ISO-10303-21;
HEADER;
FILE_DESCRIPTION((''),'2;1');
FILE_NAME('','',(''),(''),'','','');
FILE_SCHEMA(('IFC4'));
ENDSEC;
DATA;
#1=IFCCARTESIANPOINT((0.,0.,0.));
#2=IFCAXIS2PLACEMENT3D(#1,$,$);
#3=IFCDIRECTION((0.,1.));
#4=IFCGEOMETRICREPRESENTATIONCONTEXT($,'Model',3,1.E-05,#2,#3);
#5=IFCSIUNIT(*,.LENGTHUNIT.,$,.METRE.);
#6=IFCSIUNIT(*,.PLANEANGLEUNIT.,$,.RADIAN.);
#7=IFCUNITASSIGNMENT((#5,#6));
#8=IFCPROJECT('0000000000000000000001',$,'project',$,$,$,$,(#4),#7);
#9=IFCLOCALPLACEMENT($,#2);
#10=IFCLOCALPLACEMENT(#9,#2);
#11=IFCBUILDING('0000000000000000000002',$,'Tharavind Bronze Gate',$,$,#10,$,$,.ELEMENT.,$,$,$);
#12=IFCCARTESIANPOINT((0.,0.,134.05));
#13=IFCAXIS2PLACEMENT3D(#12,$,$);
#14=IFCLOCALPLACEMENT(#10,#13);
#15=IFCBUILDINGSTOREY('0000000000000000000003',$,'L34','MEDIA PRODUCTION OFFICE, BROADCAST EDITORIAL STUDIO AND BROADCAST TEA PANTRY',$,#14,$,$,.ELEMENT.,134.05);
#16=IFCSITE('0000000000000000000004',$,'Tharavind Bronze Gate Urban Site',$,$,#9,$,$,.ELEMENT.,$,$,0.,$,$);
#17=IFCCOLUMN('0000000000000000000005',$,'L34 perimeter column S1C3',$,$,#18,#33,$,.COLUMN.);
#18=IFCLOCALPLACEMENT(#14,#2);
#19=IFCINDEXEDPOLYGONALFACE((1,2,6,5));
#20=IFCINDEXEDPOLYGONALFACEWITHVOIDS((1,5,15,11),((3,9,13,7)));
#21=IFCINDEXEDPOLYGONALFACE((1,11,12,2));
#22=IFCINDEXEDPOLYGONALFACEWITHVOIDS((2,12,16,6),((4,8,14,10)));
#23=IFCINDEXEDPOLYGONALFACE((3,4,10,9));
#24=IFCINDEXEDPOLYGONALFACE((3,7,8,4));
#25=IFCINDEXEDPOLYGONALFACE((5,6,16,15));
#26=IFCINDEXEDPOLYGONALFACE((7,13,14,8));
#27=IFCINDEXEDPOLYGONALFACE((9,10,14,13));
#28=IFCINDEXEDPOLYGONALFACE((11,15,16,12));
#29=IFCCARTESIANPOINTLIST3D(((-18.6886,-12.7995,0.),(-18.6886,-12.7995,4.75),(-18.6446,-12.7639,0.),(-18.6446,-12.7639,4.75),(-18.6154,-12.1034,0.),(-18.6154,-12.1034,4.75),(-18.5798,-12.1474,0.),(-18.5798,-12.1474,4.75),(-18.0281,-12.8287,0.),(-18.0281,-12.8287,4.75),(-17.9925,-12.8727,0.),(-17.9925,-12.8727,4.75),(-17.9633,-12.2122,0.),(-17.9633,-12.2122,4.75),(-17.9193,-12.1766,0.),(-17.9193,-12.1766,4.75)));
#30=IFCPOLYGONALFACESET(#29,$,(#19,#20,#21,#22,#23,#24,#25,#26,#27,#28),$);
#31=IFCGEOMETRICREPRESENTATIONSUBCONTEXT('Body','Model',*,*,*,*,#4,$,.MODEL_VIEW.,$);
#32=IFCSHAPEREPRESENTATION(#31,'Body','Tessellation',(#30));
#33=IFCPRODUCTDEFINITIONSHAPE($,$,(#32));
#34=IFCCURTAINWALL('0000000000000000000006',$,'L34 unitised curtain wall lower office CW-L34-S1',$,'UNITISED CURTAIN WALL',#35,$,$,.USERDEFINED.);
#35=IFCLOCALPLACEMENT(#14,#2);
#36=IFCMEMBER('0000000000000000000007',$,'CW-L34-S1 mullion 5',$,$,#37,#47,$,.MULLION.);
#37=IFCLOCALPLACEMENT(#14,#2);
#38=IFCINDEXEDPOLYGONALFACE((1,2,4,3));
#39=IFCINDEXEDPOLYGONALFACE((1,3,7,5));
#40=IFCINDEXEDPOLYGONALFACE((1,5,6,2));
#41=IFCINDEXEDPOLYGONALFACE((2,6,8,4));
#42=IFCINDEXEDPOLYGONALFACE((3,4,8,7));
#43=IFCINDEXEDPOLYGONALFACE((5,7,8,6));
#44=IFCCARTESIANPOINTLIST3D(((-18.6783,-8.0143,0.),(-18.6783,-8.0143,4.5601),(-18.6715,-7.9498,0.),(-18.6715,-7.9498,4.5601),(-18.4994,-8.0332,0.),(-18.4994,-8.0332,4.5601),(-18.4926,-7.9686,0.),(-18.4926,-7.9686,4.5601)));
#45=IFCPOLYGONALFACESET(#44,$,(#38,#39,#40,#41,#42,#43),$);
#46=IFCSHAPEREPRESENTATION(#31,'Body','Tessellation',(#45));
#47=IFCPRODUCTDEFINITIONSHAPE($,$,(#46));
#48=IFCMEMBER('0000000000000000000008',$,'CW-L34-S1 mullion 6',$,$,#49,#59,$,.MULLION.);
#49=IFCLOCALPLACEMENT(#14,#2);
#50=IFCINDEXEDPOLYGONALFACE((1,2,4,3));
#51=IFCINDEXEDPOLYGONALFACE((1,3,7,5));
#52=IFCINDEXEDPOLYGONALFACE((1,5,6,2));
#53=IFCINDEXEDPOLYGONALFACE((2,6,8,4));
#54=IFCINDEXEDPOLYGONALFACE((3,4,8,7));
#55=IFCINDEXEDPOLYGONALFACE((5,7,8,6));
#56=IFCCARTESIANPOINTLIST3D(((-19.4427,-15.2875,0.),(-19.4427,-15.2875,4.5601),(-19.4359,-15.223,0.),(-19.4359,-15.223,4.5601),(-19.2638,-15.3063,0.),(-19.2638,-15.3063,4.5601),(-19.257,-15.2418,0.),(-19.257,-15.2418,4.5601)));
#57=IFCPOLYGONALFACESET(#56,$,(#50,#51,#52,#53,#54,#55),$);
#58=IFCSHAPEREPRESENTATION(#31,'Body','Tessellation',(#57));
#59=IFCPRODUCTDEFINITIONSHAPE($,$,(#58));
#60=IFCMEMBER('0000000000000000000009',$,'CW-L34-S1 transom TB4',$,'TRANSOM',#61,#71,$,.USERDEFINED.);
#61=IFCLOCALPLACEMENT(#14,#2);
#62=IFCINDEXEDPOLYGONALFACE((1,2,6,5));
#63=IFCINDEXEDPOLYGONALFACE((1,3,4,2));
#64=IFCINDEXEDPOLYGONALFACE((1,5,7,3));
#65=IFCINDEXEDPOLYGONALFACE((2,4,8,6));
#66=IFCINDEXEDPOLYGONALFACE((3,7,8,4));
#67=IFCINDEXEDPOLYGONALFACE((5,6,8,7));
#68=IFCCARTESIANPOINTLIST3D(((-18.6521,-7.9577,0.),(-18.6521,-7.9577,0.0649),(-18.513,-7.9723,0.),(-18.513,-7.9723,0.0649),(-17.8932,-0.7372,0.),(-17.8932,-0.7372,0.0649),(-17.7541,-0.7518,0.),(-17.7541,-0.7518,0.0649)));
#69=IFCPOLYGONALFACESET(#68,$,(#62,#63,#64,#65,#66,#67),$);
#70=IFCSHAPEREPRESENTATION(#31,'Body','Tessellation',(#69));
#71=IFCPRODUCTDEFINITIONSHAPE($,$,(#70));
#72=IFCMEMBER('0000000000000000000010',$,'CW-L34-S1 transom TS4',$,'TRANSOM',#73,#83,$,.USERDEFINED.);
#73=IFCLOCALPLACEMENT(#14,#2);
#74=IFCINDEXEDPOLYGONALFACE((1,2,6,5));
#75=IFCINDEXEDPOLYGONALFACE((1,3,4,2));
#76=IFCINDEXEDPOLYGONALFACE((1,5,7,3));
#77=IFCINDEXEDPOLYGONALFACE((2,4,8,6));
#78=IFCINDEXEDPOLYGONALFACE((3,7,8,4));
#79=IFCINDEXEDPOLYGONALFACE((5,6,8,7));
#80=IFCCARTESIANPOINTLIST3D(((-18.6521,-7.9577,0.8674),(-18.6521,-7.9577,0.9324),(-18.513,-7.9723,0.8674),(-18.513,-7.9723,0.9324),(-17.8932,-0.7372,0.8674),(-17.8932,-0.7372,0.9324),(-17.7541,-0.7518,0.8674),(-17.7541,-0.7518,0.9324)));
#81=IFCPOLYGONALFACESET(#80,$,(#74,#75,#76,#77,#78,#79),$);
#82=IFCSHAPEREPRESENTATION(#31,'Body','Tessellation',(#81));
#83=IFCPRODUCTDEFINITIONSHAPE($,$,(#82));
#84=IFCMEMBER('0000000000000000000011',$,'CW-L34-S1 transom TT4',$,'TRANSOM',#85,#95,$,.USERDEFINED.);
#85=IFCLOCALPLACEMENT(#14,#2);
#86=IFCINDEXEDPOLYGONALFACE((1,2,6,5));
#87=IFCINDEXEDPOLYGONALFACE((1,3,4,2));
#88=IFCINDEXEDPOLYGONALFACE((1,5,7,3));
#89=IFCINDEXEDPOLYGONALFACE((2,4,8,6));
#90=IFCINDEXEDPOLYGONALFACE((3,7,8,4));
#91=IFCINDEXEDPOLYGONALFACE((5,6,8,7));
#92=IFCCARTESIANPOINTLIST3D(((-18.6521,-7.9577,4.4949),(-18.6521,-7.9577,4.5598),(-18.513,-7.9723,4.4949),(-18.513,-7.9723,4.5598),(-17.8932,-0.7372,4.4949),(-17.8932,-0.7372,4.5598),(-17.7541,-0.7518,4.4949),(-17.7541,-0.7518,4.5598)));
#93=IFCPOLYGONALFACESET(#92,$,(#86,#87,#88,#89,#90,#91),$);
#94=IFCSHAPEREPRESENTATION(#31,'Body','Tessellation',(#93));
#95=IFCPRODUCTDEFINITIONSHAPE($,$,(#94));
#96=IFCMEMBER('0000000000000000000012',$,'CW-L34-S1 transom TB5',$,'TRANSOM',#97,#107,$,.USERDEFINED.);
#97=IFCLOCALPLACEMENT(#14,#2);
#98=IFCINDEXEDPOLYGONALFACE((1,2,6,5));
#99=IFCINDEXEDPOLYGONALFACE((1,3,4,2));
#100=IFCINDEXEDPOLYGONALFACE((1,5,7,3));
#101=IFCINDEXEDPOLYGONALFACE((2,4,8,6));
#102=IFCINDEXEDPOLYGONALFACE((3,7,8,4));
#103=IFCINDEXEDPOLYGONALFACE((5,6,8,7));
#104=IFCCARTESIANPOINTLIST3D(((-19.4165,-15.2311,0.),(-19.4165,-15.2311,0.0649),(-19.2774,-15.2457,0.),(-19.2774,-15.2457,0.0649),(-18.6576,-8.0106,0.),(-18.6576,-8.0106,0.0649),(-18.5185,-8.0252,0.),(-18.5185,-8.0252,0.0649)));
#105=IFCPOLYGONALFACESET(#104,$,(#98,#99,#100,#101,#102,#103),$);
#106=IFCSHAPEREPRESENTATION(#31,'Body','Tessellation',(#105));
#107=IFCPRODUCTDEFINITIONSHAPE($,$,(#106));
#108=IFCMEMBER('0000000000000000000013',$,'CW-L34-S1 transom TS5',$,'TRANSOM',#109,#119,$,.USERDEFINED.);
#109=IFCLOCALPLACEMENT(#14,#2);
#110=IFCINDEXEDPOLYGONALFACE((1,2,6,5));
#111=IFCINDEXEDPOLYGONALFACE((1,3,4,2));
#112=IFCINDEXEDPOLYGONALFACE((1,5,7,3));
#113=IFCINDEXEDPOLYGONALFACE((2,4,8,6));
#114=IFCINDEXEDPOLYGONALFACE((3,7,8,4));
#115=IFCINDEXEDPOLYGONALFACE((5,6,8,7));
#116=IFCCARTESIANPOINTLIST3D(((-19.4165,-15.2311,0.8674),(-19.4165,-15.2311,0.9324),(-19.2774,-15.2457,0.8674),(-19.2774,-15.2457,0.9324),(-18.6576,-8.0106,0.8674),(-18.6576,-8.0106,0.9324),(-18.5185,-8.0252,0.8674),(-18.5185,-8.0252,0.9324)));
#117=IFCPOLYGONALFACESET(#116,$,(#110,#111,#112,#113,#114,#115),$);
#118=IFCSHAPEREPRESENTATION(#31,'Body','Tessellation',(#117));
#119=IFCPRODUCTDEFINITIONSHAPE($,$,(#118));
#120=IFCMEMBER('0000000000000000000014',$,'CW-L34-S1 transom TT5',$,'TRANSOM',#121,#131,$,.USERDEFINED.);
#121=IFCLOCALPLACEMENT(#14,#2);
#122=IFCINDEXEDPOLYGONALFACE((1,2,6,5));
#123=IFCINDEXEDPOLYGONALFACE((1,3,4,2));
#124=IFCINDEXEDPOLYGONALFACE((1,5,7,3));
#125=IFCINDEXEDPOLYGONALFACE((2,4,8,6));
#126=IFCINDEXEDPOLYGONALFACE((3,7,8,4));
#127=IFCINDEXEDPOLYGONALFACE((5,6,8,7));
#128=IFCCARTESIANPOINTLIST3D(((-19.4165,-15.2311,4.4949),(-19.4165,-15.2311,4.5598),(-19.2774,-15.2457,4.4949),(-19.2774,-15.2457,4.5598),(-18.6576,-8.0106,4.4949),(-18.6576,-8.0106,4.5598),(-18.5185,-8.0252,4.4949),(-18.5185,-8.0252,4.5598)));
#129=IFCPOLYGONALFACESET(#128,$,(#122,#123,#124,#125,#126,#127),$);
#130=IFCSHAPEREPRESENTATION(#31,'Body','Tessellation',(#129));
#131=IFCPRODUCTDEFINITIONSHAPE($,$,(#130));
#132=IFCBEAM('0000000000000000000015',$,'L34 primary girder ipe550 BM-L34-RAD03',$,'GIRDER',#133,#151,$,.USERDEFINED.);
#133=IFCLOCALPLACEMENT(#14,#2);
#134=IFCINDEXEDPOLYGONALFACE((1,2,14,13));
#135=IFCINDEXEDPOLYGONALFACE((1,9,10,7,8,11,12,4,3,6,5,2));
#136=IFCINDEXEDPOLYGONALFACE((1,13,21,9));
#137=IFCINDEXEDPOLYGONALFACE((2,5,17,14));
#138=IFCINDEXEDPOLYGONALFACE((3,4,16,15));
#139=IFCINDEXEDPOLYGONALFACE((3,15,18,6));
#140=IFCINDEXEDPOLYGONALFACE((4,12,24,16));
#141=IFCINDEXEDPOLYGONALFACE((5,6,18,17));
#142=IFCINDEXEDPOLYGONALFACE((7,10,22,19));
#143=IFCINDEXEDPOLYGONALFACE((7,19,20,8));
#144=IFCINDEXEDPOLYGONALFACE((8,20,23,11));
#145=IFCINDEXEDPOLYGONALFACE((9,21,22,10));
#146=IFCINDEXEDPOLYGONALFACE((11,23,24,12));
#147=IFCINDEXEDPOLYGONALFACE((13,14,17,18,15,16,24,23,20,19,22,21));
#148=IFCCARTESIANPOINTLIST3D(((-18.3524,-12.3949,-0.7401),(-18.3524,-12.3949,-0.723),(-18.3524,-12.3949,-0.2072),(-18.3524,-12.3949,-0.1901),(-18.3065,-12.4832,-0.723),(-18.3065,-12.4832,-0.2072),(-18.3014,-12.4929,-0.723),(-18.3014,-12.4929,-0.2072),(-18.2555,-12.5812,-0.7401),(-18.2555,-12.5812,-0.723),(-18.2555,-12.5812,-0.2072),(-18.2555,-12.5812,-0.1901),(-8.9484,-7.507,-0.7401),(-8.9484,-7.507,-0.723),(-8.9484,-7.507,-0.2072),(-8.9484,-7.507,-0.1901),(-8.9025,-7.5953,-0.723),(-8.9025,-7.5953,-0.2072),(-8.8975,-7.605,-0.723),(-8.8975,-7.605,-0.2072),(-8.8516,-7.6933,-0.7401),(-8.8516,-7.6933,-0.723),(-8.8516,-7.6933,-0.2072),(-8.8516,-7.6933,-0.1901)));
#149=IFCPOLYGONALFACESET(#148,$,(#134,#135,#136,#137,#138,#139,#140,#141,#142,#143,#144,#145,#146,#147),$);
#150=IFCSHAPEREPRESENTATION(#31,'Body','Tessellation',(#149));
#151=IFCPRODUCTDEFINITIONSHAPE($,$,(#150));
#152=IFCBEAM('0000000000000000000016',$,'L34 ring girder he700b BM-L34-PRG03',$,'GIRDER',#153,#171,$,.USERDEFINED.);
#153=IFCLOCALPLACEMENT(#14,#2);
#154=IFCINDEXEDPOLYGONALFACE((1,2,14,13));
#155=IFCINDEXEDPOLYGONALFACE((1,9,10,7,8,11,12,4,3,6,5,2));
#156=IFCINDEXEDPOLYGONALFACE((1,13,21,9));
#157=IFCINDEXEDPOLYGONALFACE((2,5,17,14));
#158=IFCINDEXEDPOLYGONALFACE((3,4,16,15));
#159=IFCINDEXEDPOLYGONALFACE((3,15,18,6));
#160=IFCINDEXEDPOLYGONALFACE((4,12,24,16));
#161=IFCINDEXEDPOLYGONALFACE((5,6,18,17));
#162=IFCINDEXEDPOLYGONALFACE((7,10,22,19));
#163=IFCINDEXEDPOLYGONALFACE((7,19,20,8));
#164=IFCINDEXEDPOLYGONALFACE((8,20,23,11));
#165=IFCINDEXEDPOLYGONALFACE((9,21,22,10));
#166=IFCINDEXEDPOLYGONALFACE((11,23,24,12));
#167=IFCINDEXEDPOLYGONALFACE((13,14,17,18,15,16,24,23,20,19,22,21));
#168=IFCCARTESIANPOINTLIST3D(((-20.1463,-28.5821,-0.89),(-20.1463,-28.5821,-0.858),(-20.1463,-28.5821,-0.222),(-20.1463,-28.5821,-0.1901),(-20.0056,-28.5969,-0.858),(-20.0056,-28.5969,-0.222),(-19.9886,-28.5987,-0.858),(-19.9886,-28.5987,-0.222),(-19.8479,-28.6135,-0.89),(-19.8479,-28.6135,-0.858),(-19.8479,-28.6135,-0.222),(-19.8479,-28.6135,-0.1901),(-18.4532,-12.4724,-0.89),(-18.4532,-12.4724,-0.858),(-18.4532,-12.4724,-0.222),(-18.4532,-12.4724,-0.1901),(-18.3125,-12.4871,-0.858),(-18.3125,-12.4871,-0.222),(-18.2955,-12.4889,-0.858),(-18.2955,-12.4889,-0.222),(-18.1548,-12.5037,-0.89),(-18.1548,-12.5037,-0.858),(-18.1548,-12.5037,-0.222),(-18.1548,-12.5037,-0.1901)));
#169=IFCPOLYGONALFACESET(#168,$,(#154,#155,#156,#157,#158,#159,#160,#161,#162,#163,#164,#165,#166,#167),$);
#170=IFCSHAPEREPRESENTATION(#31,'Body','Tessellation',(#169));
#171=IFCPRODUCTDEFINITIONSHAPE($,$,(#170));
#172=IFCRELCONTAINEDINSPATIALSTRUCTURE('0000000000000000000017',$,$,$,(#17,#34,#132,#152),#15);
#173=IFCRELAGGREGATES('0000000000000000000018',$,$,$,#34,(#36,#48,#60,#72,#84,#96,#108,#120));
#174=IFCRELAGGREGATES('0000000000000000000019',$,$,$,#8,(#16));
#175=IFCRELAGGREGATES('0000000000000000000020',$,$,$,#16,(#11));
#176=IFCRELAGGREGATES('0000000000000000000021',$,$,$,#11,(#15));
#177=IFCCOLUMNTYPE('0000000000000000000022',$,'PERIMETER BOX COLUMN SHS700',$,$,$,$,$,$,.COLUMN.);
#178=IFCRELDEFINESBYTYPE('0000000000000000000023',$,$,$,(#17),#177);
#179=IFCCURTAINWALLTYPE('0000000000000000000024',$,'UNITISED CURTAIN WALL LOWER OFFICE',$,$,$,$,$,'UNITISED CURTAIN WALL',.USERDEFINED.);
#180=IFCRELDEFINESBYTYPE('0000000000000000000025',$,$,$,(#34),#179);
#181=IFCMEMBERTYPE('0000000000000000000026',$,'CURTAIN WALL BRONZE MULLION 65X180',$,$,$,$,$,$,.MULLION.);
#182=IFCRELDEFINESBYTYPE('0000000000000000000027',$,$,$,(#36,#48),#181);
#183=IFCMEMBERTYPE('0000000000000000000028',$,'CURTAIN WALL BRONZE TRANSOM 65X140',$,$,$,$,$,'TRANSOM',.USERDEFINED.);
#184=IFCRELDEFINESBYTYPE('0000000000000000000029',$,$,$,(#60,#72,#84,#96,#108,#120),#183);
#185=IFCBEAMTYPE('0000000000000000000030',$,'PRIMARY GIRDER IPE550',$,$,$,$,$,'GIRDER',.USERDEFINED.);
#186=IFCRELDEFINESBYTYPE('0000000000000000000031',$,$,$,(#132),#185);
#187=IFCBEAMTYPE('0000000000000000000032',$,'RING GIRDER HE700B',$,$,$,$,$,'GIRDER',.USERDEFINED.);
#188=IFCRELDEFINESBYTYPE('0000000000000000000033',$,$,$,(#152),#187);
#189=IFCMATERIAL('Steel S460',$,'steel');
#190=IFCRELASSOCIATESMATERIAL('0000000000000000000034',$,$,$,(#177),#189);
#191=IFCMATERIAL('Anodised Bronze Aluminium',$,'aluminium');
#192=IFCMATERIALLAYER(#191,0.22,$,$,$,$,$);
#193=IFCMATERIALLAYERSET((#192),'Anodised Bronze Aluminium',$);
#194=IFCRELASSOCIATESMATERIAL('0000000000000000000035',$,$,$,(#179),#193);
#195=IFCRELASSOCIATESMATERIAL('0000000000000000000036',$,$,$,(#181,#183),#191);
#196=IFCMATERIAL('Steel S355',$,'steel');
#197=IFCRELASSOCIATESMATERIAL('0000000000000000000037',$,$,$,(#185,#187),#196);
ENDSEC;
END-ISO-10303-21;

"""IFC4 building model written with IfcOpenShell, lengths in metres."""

from ifc_helpers import new_model, si_unit, direction, frame, origin, origin_2d, place, context, subcontext, project, spatial, rectangle, hollow_rectangle, i_section, extrude, material, layer, layer_set, material_profile, profile_set, type_object, element, aggregate, save


model = new_model("IFC4")

# Units and contexts
model_context = context("Model", 3, precision=1e-05, world=origin(), true_north=direction((0.0, 1.0)))
body_context = subcontext(model_context, "Body", "Model", "MODEL_VIEW")
ifc_project = project(units=[si_unit("LENGTHUNIT", "METRE"), si_unit("PLANEANGLEUNIT", "RADIAN")], contexts=[model_context])

# Site, building, storey
site_placement = place(None, origin())
site = spatial("IfcSite", under=ifc_project, at=site_placement, Name="Tharavind Bronze Gate Urban Site", CompositionType="ELEMENT", RefElevation=0.0)
building_placement = place(site_placement, origin())
building = spatial("IfcBuilding", under=site, at=building_placement, Name="Tharavind Bronze Gate", CompositionType="ELEMENT")
storey_placement = place(building_placement, frame((0.0, 0.0, 134.05)))
storey = spatial("IfcBuildingStorey", under=building, at=storey_placement, Name="L34", Description="MEDIA PRODUCTION OFFICE, BROADCAST EDITORIAL STUDIO AND BROADCAST TEA PANTRY", CompositionType="ELEMENT", Elevation=134.05)

# Column
ifc_material_1 = material(Name="Steel S460", Category="steel")
ifc_material_profile_1 = material_profile(ifc_material_1, hollow_rectangle(XDim=0.7, YDim=0.7, WallThickness=0.04, at=origin_2d()), Name="SHS700X40")
ifc_profile_set_1 = profile_set([ifc_material_profile_1], Name="Steel S460")
column_type = type_object("IfcColumnType", Name="PERIMETER BOX COLUMN SHS700", PredefinedType="COLUMN", material=ifc_profile_set_1)
column_placement = place(storey_placement, frame((-18.304, -12.488, 0.0), z_axis=(0.0, 0.0, 1.0), x_axis=(0.10453, 0.994522, 0.0)))
element("IfcColumn", 1, at=column_placement, inside=storey, type_object=column_type, Name="L34 perimeter column S1C3", PredefinedType="COLUMN", context=body_context, shape_type="SweptSolid", body=[
    extrude(hollow_rectangle(XDim=0.7, YDim=0.7, WallThickness=0.04, at=origin_2d()), origin(), (0.0, 0.0, 1.0), 4.75),
])

# Curtain wall, members
ifc_material_2 = material(Name="Anodised Bronze Aluminium", Category="aluminium")
ifc_layer_1 = layer(ifc_material_2, 0.22)
ifc_layer_set_1 = layer_set([ifc_layer_1], Name="Anodised Bronze Aluminium")
curtain_wall_type = type_object("IfcCurtainWallType", Name="UNITISED CURTAIN WALL LOWER OFFICE", ElementType="UNITISED CURTAIN WALL", PredefinedType="USERDEFINED", material=ifc_layer_set_1)
curtain_wall_placement = place(storey_placement, origin())
curtain_wall = element("IfcCurtainWall", 2, at=curtain_wall_placement, inside=storey, type_object=curtain_wall_type, Name="L34 unitised curtain wall lower office CW-L34-S1", ObjectType="UNITISED CURTAIN WALL", PredefinedType="USERDEFINED")
member_type_1 = type_object("IfcMemberType", Name="CURTAIN WALL BRONZE MULLION 65X180", PredefinedType="MULLION", material=ifc_material_2)
member_1_placement = place(storey_placement, frame((-18.5854, -7.9915, 0.0), z_axis=(0.0, 0.0, 1.0), x_axis=(-0.104527, -0.994522, 0.0)))
member_1 = element("IfcMember", 3, at=member_1_placement, type_object=member_type_1, Name="CW-L34-S1 mullion 5", PredefinedType="MULLION", context=body_context, shape_type="SweptSolid", body=[
    extrude(rectangle(XDim=0.0649, YDim=0.1799, at=origin_2d()), origin(), (0.0, 0.0, 1.0), 4.5601),
])
member_2_placement = place(storey_placement, frame((-19.3499, -15.2646, 0.0), z_axis=(0.0, 0.0, 1.0), x_axis=(-0.104527, -0.994522, 0.0)))
member_2 = element("IfcMember", 4, at=member_2_placement, type_object=member_type_1, Name="CW-L34-S1 mullion 6", PredefinedType="MULLION", context=body_context, shape_type="SweptSolid", body=[
    extrude(rectangle(XDim=0.0649, YDim=0.1799, at=origin_2d()), origin(), (0.0, 0.0, 1.0), 4.5601),
])
member_type_2 = type_object("IfcMemberType", Name="CURTAIN WALL BRONZE TRANSOM 65X140", ElementType="TRANSOM", PredefinedType="USERDEFINED", material=ifc_material_2)
member_3_placement = place(storey_placement, frame((-18.2031, -4.3547, 0.0), z_axis=(0.0, 0.0, 1.0), x_axis=(-0.104527, -0.994522, 0.0)))
member_3 = element("IfcMember", 5, at=member_3_placement, type_object=member_type_2, Name="CW-L34-S1 transom TB4", ObjectType="TRANSOM", PredefinedType="USERDEFINED", context=body_context, shape_type="SweptSolid", body=[
    extrude(rectangle(XDim=7.2603, YDim=0.1399, at=origin_2d()), origin(), (0.0, 0.0, 1.0), 0.0649),
])
member_4_placement = place(storey_placement, frame((-18.2031, -4.3547, 0.8674), z_axis=(0.0, 0.0, 1.0), x_axis=(-0.104527, -0.994522, 0.0)))
member_4 = element("IfcMember", 6, at=member_4_placement, type_object=member_type_2, Name="CW-L34-S1 transom TS4", ObjectType="TRANSOM", PredefinedType="USERDEFINED", context=body_context, shape_type="SweptSolid", body=[
    extrude(rectangle(XDim=7.2603, YDim=0.1399, at=origin_2d()), origin(), (0.0, 0.0, 1.0), 0.0649),
])
member_5_placement = place(storey_placement, frame((-18.2031, -4.3547, 4.4949), z_axis=(0.0, 0.0, 1.0), x_axis=(-0.104527, -0.994522, 0.0)))
member_5 = element("IfcMember", 7, at=member_5_placement, type_object=member_type_2, Name="CW-L34-S1 transom TT4", ObjectType="TRANSOM", PredefinedType="USERDEFINED", context=body_context, shape_type="SweptSolid", body=[
    extrude(rectangle(XDim=7.2603, YDim=0.1399, at=origin_2d()), origin(), (0.0, 0.0, 1.0), 0.0649),
])
member_6_placement = place(storey_placement, frame((-18.9675, -11.6282, 0.0), z_axis=(0.0, 0.0, 1.0), x_axis=(-0.104527, -0.994522, 0.0)))
member_6 = element("IfcMember", 8, at=member_6_placement, type_object=member_type_2, Name="CW-L34-S1 transom TB5", ObjectType="TRANSOM", PredefinedType="USERDEFINED", context=body_context, shape_type="SweptSolid", body=[
    extrude(rectangle(XDim=7.2603, YDim=0.1399, at=origin_2d()), origin(), (0.0, 0.0, 1.0), 0.0649),
])
member_7_placement = place(storey_placement, frame((-18.9675, -11.6282, 0.8674), z_axis=(0.0, 0.0, 1.0), x_axis=(-0.104527, -0.994522, 0.0)))
member_7 = element("IfcMember", 9, at=member_7_placement, type_object=member_type_2, Name="CW-L34-S1 transom TS5", ObjectType="TRANSOM", PredefinedType="USERDEFINED", context=body_context, shape_type="SweptSolid", body=[
    extrude(rectangle(XDim=7.2603, YDim=0.1399, at=origin_2d()), origin(), (0.0, 0.0, 1.0), 0.0649),
])
member_8_placement = place(storey_placement, frame((-18.9675, -11.6282, 4.4949), z_axis=(0.0, 0.0, 1.0), x_axis=(-0.104527, -0.994522, 0.0)))
member_8 = element("IfcMember", 10, at=member_8_placement, type_object=member_type_2, Name="CW-L34-S1 transom TT5", ObjectType="TRANSOM", PredefinedType="USERDEFINED", context=body_context, shape_type="SweptSolid", body=[
    extrude(rectangle(XDim=7.2603, YDim=0.1399, at=origin_2d()), origin(), (0.0, 0.0, 1.0), 0.0649),
])

# Beams
ifc_material_3 = material(Name="Steel S355", Category="steel")
ifc_material_profile_2 = material_profile(ifc_material_3, i_section(OverallWidth=0.21, OverallDepth=0.55, WebThickness=0.011, FlangeThickness=0.0171, at=origin_2d()), Name="IPE550")
ifc_profile_set_2 = profile_set([ifc_material_profile_2], Name="Steel S355")
beam_type_1 = type_object("IfcBeamType", Name="PRIMARY GIRDER IPE550", ElementType="GIRDER", PredefinedType="USERDEFINED", material=ifc_profile_set_2)
beam_1_placement = place(storey_placement, frame((-18.304, -12.488, -0.4651), z_axis=(0.887301, 0.461192, 0.0), x_axis=(-0.461192, 0.887301, 0.0)))
element("IfcBeam", 11, at=beam_1_placement, inside=storey, type_object=beam_type_1, Name="L34 primary girder ipe550 BM-L34-RAD03", ObjectType="GIRDER", PredefinedType="USERDEFINED", context=body_context, shape_type="SweptSolid", body=[
    extrude(i_section(OverallWidth=0.21, OverallDepth=0.55, WebThickness=0.011, FlangeThickness=0.0171, at=origin_2d()), origin(), (0.0, 0.0, 1.0), 10.5984),
])
ifc_material_profile_3 = material_profile(ifc_material_3, i_section(OverallWidth=0.3, OverallDepth=0.7, WebThickness=0.0171, FlangeThickness=0.032, at=origin_2d()), Name="HE700B")
ifc_profile_set_3 = profile_set([ifc_material_profile_3], Name="Steel S355")
beam_type_2 = type_object("IfcBeamType", Name="RING GIRDER HE700B", ElementType="GIRDER", PredefinedType="USERDEFINED", material=ifc_profile_set_3)
beam_2_placement = place(storey_placement, frame((-18.304, -12.488, -0.54), z_axis=(-0.104522, -0.994523, 0.0), x_axis=(0.994523, -0.104522, 0.0)))
element("IfcBeam", 12, at=beam_2_placement, inside=storey, type_object=beam_type_2, Name="L34 ring girder he700b BM-L34-PRG03", ObjectType="GIRDER", PredefinedType="USERDEFINED", context=body_context, shape_type="SweptSolid", body=[
    extrude(i_section(OverallWidth=0.3, OverallDepth=0.7, WebThickness=0.0171, FlangeThickness=0.032, at=origin_2d()), origin(), (0.0, 0.0, 1.0), 16.1985),
])

aggregate(curtain_wall, [member_1, member_2, member_3, member_4, member_5, member_6, member_7, member_8])

save(model, "model.ifc")
